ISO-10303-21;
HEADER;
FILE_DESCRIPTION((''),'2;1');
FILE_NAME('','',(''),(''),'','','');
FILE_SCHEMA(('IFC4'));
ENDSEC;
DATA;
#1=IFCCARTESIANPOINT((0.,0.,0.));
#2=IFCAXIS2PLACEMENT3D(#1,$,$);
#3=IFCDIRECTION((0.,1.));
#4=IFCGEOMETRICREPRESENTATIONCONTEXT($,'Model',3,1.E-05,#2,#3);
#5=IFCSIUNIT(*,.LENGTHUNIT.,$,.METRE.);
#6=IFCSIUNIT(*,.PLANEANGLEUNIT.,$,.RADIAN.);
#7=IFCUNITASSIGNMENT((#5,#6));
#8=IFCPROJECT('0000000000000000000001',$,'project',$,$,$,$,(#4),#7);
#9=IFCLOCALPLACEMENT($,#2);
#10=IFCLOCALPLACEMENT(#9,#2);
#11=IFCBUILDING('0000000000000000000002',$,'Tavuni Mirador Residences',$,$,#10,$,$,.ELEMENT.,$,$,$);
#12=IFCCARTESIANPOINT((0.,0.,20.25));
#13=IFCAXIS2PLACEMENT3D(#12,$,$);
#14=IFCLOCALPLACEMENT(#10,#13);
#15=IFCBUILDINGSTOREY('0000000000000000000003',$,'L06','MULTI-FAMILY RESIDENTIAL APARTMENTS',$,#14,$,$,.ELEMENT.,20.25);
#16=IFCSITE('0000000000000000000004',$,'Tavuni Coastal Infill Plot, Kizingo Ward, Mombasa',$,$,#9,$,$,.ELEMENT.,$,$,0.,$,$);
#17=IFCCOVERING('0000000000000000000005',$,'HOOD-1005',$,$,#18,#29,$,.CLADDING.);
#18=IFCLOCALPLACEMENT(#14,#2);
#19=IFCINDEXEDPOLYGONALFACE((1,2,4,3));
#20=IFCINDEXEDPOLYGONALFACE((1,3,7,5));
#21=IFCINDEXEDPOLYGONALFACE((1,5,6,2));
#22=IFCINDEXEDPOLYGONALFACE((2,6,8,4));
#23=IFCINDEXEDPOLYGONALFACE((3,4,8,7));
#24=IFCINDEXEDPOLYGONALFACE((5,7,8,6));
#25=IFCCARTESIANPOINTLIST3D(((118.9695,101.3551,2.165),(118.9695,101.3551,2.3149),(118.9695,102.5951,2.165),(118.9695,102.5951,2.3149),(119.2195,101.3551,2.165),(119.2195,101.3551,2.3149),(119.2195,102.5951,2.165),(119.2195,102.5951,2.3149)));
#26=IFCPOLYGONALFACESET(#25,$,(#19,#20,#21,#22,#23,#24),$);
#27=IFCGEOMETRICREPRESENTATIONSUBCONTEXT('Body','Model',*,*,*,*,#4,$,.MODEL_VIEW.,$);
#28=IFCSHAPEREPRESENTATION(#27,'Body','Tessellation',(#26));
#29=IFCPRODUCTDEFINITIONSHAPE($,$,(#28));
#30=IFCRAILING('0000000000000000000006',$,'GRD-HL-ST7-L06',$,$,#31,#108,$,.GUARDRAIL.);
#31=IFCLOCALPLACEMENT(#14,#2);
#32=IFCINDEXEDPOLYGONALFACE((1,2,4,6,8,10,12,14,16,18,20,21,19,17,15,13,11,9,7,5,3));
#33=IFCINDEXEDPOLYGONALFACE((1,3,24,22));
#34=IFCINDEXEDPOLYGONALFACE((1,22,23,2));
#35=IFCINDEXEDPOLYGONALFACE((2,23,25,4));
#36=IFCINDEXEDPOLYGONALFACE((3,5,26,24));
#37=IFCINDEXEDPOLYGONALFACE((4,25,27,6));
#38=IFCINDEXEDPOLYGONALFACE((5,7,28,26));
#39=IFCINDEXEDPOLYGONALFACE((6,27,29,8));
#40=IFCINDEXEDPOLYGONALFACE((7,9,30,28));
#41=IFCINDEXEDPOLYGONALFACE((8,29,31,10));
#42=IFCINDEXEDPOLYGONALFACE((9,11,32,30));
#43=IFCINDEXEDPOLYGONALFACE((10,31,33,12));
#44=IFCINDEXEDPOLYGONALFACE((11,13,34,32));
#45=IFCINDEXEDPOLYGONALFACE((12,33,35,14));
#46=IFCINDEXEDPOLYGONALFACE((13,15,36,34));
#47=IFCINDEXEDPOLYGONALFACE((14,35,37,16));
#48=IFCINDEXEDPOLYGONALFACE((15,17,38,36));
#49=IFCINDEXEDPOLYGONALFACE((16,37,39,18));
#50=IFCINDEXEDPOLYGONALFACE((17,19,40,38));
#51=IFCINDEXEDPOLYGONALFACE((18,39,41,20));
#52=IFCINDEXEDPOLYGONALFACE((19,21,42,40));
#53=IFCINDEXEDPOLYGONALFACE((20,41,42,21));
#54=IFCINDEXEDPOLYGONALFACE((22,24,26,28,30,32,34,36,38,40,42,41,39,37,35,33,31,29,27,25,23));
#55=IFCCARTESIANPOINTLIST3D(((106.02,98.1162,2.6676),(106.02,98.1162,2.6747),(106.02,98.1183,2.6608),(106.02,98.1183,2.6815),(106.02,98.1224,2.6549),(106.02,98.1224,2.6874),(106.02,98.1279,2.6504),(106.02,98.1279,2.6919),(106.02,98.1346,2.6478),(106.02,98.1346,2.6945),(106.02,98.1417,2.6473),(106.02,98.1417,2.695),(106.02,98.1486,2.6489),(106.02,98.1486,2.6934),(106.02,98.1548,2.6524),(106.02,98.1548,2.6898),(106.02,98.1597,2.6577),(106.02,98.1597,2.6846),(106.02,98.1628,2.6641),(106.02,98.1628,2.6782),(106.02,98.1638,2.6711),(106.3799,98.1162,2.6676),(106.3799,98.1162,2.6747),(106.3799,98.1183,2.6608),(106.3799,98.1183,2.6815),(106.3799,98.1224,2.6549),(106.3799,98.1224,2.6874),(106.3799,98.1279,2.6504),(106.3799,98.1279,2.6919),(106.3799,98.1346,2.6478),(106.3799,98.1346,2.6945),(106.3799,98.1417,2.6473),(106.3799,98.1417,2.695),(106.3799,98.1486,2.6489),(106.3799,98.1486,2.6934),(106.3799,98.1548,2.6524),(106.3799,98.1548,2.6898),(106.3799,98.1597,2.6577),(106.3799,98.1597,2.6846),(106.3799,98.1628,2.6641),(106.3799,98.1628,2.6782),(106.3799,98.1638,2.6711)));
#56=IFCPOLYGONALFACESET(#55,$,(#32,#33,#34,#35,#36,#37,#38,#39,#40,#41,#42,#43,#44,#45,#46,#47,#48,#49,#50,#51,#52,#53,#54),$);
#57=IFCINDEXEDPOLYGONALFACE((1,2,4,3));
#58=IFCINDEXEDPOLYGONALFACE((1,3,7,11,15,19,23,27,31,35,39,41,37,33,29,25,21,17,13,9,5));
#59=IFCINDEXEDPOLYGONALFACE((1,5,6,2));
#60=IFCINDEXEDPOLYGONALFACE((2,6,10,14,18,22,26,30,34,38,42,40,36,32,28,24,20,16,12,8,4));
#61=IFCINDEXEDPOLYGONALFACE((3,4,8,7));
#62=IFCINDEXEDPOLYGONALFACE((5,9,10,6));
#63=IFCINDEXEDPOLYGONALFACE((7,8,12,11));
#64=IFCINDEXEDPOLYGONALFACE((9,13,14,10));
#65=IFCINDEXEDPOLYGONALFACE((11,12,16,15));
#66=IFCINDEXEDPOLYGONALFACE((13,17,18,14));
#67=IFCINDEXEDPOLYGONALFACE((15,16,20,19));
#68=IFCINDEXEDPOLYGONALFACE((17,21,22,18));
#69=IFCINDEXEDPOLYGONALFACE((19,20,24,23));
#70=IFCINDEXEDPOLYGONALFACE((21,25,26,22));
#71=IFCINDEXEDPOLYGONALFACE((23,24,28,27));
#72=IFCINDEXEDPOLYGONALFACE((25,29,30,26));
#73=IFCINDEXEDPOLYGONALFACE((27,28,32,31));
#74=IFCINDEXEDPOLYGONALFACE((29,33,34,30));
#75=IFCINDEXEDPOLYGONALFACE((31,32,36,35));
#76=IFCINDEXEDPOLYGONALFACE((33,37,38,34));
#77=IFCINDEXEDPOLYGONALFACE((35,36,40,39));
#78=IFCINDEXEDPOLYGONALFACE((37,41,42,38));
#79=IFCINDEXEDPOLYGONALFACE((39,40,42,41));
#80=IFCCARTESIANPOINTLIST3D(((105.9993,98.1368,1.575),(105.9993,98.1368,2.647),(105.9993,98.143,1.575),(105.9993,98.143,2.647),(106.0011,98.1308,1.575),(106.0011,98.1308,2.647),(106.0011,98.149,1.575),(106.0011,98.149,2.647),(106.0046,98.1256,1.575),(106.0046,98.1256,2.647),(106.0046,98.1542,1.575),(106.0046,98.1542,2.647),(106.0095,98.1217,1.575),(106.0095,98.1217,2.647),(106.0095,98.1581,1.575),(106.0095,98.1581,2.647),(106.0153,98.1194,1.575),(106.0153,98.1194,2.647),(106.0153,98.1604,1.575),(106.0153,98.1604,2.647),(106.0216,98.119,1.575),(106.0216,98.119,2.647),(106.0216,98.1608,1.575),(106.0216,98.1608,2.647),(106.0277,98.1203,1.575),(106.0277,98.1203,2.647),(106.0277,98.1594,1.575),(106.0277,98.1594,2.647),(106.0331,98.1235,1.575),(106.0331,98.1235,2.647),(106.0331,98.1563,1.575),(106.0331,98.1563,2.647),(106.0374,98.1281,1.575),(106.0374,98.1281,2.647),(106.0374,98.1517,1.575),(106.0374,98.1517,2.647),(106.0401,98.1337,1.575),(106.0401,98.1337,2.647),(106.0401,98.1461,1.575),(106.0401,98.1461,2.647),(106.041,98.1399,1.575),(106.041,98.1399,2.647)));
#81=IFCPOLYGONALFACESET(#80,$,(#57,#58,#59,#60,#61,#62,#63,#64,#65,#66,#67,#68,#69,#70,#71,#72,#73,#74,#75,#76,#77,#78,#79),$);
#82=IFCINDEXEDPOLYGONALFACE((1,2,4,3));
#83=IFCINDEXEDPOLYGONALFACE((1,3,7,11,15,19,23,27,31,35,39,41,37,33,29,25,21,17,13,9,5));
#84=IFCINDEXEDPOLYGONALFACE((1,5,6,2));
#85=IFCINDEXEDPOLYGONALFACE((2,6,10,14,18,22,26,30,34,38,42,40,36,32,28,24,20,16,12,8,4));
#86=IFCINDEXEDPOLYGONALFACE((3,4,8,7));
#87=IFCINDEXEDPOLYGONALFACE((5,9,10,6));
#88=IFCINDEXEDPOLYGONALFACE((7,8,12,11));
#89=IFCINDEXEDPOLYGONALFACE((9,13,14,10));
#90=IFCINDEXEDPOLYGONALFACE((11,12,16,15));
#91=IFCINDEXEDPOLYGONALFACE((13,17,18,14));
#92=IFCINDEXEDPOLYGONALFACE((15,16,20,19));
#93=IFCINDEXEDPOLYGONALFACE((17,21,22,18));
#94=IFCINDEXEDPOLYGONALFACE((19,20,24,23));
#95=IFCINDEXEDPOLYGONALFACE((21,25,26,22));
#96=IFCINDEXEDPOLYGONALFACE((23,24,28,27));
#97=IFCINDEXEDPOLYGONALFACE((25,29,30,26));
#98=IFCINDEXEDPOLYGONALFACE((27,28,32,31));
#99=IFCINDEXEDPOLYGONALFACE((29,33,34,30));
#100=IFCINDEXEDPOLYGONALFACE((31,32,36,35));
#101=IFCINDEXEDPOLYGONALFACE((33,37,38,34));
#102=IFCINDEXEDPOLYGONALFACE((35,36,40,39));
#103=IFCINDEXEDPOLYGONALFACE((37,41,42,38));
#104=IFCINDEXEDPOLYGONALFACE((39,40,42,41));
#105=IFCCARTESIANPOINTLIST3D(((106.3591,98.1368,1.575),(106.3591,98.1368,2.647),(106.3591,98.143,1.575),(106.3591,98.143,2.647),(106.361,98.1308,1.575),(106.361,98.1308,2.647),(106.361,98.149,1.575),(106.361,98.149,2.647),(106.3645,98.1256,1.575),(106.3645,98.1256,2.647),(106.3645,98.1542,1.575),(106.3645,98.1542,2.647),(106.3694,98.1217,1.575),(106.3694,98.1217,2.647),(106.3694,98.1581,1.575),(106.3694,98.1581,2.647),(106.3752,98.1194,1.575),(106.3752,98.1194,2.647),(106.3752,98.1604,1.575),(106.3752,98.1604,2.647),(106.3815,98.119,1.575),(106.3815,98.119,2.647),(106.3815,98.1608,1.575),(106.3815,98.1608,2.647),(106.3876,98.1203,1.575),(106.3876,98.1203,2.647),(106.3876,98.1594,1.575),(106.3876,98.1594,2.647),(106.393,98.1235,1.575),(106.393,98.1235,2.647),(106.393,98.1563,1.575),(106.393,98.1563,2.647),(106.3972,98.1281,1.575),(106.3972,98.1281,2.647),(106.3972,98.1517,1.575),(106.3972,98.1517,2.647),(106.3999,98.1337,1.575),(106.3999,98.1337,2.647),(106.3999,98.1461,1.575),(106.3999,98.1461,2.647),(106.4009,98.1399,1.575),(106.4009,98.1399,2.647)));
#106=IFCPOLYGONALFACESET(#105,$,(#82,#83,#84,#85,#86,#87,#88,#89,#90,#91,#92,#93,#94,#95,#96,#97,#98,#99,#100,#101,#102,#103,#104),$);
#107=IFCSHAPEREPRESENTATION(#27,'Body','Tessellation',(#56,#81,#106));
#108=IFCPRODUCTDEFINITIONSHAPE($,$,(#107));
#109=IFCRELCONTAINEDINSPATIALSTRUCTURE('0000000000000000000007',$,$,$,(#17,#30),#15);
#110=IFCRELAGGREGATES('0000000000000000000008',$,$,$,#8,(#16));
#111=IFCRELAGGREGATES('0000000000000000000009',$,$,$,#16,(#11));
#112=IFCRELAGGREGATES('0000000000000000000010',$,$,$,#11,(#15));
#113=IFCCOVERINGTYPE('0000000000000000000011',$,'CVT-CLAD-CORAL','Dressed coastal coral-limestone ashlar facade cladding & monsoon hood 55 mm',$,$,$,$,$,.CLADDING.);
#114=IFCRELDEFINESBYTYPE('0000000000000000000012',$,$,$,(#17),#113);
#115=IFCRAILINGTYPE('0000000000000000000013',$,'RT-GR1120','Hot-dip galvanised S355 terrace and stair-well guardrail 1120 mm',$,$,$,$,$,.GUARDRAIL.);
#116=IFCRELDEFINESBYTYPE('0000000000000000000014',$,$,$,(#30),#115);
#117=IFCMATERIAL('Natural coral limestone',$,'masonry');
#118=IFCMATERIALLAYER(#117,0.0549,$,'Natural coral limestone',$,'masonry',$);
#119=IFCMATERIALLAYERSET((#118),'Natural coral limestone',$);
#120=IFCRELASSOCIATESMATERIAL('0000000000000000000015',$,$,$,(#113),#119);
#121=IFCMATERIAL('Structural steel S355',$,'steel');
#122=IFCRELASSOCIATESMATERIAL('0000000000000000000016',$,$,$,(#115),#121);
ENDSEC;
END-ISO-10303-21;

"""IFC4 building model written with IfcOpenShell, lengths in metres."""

from ifc_helpers import new_model, si_unit, direction, frame, origin, origin_2d, place, context, subcontext, project, spatial, rectangle, circle, extrude, material, layer, layer_set, type_object, element, save


model = new_model("IFC4")

# Units and contexts
model_context = context("Model", 3, precision=1e-05, world=origin(), true_north=direction((0.0, 1.0)))
body_context = subcontext(model_context, "Body", "Model", "MODEL_VIEW")
ifc_project = project(units=[si_unit("LENGTHUNIT", "METRE"), si_unit("PLANEANGLEUNIT", "RADIAN")], contexts=[model_context])

# Site, building, storey
site_placement = place(None, origin())
site = spatial("IfcSite", under=ifc_project, at=site_placement, Name="Tavuni Coastal Infill Plot, Kizingo Ward, Mombasa", CompositionType="ELEMENT", RefElevation=0.0)
building_placement = place(site_placement, origin())
building = spatial("IfcBuilding", under=site, at=building_placement, Name="Tavuni Mirador Residences", CompositionType="ELEMENT")
storey_placement = place(building_placement, frame((0.0, 0.0, 20.25)))
storey = spatial("IfcBuildingStorey", under=building, at=storey_placement, Name="L06", Description="MULTI-FAMILY RESIDENTIAL APARTMENTS", CompositionType="ELEMENT", Elevation=20.25)

# Shared definitions
ifc_material_1 = material(Name="Structural steel S355", Category="steel")

# Covering
ifc_material_2 = material(Name="Natural coral limestone", Category="masonry")
ifc_layer_1 = layer(ifc_material_2, 0.0549, Name="Natural coral limestone", Category="masonry")
ifc_layer_set_1 = layer_set([ifc_layer_1], Name="Natural coral limestone")
covering_type = type_object("IfcCoveringType", Name="CVT-CLAD-CORAL", Description="Dressed coastal coral-limestone ashlar facade cladding & monsoon hood 55 mm", PredefinedType="CLADDING", material=ifc_layer_set_1)
for number, where, z_axis, x_axis, name in (
    (1, (119.0945, 101.9751, 2.165), (0.0, 0.0, 1.0), (0.0, 1.0, 0.0), "HOOD-1005"),
):
    element("IfcCovering", number, at=place(storey_placement, frame(where, z_axis=z_axis, x_axis=x_axis)), inside=storey, type_object=covering_type, Name=name, PredefinedType="CLADDING", context=body_context, shape_type="SweptSolid", body=[
        extrude(rectangle(XDim=1.24, YDim=0.25, at=origin_2d()), origin(), (0.0, 0.0, 1.0), 0.1499),
    ])

# Railing
railing_type_1 = type_object("IfcRailingType", Name="RT-GR1120", Description="Hot-dip galvanised S355 terrace and stair-well guardrail 1120 mm", PredefinedType="GUARDRAIL", material=ifc_material_1)
railing_1_placement = place(storey_placement, frame((106.02, 98.1399, 1.575)))
element("IfcRailing", 2, at=railing_1_placement, inside=storey, type_object=railing_type_1, Name="GRD-HL-ST7-L06", PredefinedType="GUARDRAIL", context=body_context, shape_type="SweptSolid", body=[
    extrude(circle(Radius=0.0239, at=origin_2d()), frame((0.0, 0.0, 1.0962), z_axis=(1.0, 0.0, 0.0), x_axis=(0.0, 1.0, 0.0)), (0.0, 0.0, 1.0), 0.3599),
    extrude(circle(Radius=0.021, at=origin_2d()), origin(), (0.0, 0.0, 1.0), 1.072),
    extrude(circle(Radius=0.021, at=origin_2d()), frame((0.3599, 0.0, 0.0)), (0.0, 0.0, 1.0), 1.072),
])

save(model, "model.ifc")
